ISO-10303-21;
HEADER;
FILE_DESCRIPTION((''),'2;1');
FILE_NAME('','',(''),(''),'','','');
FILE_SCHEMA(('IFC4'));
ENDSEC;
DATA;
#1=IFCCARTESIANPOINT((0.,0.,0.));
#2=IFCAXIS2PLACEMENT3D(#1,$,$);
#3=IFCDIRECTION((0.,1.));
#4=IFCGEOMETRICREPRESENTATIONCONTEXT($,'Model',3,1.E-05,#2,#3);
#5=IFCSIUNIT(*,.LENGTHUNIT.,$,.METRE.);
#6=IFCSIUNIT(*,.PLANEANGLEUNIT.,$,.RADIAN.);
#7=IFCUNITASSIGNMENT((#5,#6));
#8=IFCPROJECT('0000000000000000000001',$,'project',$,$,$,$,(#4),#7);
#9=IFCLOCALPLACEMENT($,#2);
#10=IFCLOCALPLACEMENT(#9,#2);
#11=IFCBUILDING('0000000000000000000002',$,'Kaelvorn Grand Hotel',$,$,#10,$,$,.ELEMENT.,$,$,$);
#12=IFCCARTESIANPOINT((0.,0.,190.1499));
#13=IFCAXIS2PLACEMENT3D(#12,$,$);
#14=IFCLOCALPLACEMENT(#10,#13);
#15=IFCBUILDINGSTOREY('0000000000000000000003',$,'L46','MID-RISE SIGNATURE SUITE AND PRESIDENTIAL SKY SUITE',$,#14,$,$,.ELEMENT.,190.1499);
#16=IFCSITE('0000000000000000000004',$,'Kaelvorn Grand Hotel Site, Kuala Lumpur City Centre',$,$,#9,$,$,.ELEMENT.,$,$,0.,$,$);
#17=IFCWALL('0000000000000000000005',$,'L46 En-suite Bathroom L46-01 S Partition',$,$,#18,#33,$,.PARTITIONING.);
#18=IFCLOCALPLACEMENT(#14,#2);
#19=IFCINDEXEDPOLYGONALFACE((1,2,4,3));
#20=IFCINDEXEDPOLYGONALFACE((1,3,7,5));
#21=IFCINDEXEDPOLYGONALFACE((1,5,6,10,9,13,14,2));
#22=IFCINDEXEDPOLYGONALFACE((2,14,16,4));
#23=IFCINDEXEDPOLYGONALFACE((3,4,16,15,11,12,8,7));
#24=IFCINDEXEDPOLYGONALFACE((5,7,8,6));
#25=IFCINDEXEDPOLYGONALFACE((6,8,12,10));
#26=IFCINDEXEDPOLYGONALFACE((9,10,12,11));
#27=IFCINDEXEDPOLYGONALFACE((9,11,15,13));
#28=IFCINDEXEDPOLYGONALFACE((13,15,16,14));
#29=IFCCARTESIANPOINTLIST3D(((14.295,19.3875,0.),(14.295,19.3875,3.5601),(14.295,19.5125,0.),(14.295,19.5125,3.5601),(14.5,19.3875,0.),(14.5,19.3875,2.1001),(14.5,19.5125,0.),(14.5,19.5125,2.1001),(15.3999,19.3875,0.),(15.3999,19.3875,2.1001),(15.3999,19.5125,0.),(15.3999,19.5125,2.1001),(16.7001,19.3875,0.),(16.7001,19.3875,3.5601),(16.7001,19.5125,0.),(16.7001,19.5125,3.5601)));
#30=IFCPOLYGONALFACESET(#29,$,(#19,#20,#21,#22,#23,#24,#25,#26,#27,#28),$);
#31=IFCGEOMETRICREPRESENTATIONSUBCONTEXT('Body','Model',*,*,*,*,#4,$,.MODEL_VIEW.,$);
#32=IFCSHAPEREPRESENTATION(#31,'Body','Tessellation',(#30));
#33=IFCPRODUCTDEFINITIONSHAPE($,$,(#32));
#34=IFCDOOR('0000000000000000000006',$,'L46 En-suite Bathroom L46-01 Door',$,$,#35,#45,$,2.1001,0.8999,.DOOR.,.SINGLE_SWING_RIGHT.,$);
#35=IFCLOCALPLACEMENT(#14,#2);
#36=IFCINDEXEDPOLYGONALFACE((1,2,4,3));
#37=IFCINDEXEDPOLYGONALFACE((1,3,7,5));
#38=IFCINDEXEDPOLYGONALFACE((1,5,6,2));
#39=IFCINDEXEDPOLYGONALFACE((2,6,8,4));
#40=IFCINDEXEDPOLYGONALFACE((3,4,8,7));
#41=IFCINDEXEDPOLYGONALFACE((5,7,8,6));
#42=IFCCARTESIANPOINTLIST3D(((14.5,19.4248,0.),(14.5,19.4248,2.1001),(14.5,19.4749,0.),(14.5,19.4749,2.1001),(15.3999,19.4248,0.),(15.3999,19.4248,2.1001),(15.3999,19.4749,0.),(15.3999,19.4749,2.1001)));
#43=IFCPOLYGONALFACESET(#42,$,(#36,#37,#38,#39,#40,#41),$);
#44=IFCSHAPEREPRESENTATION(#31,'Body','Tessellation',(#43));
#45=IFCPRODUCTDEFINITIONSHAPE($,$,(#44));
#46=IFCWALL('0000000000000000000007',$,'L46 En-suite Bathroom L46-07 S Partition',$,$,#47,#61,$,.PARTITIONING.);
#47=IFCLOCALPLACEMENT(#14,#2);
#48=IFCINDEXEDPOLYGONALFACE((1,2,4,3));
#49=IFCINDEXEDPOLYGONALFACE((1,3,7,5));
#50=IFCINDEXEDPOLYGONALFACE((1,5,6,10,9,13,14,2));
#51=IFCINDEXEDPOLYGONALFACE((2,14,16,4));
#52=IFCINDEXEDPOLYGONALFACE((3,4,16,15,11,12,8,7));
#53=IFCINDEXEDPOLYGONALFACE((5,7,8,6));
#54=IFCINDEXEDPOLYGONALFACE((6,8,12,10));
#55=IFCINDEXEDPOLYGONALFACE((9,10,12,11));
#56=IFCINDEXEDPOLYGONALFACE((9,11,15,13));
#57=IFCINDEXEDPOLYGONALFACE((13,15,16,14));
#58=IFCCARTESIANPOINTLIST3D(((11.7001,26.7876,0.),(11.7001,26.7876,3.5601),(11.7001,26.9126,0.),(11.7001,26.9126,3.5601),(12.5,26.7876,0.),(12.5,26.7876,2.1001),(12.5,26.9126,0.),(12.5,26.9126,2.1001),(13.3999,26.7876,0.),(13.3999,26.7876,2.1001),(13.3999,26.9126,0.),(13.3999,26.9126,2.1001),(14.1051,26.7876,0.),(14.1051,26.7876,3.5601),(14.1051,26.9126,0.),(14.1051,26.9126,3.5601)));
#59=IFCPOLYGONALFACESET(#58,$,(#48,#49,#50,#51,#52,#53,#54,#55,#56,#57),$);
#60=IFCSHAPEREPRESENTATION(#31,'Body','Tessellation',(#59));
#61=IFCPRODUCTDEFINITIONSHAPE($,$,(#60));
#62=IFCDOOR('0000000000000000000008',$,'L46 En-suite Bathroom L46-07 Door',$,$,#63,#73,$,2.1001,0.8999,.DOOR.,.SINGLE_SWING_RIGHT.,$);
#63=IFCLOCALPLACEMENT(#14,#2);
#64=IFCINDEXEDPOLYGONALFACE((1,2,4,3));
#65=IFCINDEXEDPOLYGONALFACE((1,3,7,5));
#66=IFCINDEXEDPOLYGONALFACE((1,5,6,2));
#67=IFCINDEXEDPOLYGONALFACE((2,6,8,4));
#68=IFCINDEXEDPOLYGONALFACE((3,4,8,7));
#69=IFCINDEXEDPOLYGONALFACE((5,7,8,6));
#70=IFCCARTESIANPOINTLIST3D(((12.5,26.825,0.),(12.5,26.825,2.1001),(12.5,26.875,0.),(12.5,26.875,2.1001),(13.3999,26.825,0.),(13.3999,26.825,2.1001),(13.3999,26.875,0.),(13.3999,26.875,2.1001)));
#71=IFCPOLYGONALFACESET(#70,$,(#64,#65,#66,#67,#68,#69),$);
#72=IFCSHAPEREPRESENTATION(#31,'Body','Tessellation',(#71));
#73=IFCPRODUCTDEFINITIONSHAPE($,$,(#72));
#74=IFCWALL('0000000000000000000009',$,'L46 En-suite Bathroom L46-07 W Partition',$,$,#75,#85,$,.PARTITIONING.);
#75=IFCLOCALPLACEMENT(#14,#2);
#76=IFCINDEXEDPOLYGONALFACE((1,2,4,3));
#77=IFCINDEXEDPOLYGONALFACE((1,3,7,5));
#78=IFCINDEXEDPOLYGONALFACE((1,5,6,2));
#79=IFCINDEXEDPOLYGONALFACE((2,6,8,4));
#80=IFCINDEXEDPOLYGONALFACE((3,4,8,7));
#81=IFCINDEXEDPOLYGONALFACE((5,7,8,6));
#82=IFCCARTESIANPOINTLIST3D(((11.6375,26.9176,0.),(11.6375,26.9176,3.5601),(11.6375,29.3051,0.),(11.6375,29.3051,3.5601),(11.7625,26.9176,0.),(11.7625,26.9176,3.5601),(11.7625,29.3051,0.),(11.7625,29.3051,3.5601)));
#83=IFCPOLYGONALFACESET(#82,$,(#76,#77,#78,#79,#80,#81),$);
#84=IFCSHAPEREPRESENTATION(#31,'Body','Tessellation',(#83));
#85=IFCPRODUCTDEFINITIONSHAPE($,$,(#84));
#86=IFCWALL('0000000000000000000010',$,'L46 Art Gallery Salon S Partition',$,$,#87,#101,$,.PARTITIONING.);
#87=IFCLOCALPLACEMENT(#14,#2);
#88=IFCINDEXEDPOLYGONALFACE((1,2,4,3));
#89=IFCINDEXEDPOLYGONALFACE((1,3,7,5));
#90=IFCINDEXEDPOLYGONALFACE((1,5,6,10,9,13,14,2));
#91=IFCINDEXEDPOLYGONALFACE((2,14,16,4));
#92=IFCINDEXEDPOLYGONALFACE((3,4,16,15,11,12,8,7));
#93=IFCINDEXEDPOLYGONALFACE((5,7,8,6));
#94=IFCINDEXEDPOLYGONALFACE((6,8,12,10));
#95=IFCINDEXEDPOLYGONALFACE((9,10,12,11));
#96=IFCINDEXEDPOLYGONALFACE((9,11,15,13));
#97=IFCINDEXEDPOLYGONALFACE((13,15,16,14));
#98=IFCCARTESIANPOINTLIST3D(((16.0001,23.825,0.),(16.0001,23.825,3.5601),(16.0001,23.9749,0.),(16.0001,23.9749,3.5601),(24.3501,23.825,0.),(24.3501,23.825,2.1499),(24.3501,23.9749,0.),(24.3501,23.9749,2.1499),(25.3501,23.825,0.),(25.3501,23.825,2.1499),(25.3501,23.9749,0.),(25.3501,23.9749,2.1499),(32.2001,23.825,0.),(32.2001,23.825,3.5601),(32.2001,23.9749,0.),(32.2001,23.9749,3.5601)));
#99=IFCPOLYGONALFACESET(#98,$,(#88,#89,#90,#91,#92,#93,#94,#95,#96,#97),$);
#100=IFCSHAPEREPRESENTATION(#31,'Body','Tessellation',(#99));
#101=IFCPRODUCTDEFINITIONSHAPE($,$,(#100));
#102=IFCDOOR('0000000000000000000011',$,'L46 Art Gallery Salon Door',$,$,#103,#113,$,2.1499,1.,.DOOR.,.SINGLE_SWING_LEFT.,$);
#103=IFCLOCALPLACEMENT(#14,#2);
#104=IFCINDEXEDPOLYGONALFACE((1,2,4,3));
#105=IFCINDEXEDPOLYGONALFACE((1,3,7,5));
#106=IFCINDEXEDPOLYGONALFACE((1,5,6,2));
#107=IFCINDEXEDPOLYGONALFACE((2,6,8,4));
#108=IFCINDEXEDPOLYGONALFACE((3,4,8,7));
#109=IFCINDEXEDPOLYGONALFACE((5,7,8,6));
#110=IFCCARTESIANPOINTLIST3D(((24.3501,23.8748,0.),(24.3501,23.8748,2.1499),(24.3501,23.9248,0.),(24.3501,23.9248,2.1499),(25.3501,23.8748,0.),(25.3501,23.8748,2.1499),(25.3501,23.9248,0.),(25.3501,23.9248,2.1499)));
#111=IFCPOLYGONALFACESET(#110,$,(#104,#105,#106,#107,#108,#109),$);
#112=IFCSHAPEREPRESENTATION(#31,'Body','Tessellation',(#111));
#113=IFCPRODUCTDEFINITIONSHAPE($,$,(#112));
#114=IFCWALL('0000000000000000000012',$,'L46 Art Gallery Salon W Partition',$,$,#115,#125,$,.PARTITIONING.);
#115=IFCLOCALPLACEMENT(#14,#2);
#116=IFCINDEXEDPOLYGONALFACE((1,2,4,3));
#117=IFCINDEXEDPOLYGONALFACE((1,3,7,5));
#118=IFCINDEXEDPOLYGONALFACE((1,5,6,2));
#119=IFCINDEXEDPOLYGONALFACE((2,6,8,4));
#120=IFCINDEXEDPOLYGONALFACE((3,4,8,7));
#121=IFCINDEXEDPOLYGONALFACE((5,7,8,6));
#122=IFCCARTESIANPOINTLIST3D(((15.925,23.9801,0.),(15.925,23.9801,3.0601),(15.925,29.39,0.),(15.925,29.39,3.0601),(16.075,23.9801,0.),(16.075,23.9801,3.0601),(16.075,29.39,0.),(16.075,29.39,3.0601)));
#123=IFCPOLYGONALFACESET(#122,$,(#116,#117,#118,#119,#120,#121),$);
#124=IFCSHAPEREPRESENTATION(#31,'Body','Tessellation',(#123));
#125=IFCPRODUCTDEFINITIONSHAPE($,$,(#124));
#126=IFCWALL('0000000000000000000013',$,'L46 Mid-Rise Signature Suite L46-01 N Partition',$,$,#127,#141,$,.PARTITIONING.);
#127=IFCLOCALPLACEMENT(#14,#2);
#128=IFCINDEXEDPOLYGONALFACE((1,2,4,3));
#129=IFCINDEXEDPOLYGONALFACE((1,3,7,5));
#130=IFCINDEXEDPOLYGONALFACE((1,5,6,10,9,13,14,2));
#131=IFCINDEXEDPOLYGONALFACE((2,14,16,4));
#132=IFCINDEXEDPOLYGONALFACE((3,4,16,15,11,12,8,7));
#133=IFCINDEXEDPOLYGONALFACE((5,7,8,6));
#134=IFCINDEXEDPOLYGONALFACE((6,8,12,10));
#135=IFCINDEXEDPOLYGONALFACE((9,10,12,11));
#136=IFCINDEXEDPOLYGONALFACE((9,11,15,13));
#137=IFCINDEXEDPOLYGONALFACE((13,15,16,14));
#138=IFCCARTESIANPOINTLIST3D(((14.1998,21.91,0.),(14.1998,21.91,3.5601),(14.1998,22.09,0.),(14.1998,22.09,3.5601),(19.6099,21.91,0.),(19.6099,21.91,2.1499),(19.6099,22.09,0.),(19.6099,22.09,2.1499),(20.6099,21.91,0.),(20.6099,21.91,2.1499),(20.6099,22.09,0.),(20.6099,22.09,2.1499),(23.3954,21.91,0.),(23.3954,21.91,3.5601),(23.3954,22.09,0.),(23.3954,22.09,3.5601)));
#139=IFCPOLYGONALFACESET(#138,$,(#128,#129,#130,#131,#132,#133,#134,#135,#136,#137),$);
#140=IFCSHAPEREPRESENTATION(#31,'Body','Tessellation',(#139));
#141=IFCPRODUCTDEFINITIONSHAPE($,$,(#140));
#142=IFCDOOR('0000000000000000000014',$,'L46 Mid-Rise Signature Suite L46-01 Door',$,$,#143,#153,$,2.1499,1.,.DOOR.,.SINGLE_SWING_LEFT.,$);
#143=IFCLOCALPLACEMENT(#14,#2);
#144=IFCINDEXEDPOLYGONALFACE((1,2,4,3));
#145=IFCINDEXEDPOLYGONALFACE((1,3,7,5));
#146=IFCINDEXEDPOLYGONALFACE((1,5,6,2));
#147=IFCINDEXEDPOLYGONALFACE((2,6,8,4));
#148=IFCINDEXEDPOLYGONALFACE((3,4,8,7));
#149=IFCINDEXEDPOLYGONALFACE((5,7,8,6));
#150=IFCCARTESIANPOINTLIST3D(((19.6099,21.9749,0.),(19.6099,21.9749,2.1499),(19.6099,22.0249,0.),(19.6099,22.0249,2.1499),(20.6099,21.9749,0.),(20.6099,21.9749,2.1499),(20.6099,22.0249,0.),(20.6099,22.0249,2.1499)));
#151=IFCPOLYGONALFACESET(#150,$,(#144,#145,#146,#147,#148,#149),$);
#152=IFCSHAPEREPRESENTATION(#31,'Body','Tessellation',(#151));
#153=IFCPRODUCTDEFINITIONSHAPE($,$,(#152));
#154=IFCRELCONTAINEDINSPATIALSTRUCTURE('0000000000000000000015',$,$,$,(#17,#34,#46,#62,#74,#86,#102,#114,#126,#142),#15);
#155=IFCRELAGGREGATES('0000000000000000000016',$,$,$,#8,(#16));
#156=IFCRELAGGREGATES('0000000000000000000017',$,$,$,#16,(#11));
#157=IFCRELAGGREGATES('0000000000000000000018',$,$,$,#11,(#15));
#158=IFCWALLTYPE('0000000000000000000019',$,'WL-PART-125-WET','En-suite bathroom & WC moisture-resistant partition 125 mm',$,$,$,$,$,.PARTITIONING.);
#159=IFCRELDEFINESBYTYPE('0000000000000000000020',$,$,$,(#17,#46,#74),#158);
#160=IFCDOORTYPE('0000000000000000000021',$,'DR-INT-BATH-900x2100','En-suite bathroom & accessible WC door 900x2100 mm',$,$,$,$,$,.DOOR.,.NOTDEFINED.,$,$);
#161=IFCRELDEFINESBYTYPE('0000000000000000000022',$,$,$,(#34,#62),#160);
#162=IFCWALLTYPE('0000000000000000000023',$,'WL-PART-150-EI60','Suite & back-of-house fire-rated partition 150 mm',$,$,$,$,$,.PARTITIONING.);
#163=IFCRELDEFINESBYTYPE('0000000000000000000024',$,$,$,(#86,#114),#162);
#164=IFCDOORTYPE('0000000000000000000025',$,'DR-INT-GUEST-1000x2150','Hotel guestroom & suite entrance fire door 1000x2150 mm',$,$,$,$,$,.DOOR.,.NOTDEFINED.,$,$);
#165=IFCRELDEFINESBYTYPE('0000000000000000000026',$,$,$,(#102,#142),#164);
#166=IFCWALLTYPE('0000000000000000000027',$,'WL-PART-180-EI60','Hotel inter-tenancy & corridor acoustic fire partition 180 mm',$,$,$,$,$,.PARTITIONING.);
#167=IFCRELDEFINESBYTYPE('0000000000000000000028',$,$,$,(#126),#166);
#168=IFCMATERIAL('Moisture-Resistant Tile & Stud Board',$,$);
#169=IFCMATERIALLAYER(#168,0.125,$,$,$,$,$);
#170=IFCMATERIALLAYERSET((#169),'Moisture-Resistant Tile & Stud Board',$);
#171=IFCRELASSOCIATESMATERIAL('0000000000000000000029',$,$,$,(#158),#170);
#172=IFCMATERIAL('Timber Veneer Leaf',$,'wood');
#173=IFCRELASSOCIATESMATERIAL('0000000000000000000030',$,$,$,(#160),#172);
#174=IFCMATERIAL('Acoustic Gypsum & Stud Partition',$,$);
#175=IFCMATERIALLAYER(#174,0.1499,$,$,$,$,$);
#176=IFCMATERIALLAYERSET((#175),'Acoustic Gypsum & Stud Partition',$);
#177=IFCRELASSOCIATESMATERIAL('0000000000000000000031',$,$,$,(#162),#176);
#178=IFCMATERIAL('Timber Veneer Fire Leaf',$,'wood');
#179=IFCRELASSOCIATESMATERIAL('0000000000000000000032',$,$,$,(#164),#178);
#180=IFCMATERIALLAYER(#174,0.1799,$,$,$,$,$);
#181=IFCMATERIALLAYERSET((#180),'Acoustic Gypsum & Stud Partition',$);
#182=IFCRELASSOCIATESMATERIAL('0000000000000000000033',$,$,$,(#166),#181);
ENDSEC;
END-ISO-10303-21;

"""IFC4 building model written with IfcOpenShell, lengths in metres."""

from ifc_helpers import new_model, si_unit, direction, frame, frame_2d, origin, place, context, subcontext, project, spatial, rectangle, extrude, material, layer, layer_set, type_object, element, fill, save


model = new_model("IFC4")

# Units and contexts
model_context = context("Model", 3, precision=1e-05, world=origin(), true_north=direction((0.0, 1.0)))
body_context = subcontext(model_context, "Body", "Model", "MODEL_VIEW")
ifc_project = project(units=[si_unit("LENGTHUNIT", "METRE"), si_unit("PLANEANGLEUNIT", "RADIAN")], contexts=[model_context])

# Site, building, storey
site_placement = place(None, origin())
site = spatial("IfcSite", under=ifc_project, at=site_placement, Name="Kaelvorn Grand Hotel Site, Kuala Lumpur City Centre", CompositionType="ELEMENT", RefElevation=0.0)
building_placement = place(site_placement, origin())
building = spatial("IfcBuilding", under=site, at=building_placement, Name="Kaelvorn Grand Hotel", CompositionType="ELEMENT")
storey_placement = place(building_placement, frame((0.0, 0.0, 190.1499)))
storey = spatial("IfcBuildingStorey", under=building, at=storey_placement, Name="L46", Description="MID-RISE SIGNATURE SUITE AND PRESIDENTIAL SKY SUITE", CompositionType="ELEMENT", Elevation=190.1499)

# Walls, openings, doors
ifc_material_1 = material(Name="Moisture-Resistant Tile & Stud Board")
ifc_layer_1 = layer(ifc_material_1, 0.125)
ifc_layer_set_1 = layer_set([ifc_layer_1], Name="Moisture-Resistant Tile & Stud Board")
wall_type_1 = type_object("IfcWallType", Name="WL-PART-125-WET", Description="En-suite bathroom & WC moisture-resistant partition 125 mm", PredefinedType="PARTITIONING", material=ifc_layer_set_1)
wall_1_placement = place(storey_placement, frame((14.2949, 19.45, 0.0), z_axis=(0.0, 0.0, 1.0), x_axis=(1.0, 0.0, 0.0)))
wall_1 = element("IfcWall", 1, at=wall_1_placement, inside=storey, type_object=wall_type_1, Name="L46 En-suite Bathroom L46-01 S Partition", PredefinedType="PARTITIONING", context=body_context, shape_type="SweptSolid", body=[
    extrude(rectangle(XDim=2.405, YDim=0.125, at=frame_2d((1.2026, 0.0))), origin(), (0.0, 0.0, 1.0), 3.5601),
])
opening_1_placement = place(wall_1_placement, frame((0.2051, 0.0, 0.0)))
opening_1 = element("IfcOpeningElement", 2, at=opening_1_placement, cuts=wall_1, PredefinedType="OPENING", context=body_context, shape_type="SweptSolid", body=[
    extrude(rectangle(XDim=0.8999, YDim=2.1001, at=frame_2d((0.45, 1.05))), frame((0.0, 0.0725, 0.0), z_axis=(0.0, -1.0, 0.0), x_axis=(1.0, 0.0, 0.0)), (0.0, 0.0, 1.0), 0.145),
])
ifc_material_2 = material(Name="Timber Veneer Leaf", Category="wood")
door_type_1 = type_object("IfcDoorType", Name="DR-INT-BATH-900x2100", Description="En-suite bathroom & accessible WC door 900x2100 mm", OperationType="NOTDEFINED", PredefinedType="DOOR", material=ifc_material_2)
door_1_placement = place(opening_1_placement, origin())
door_1 = element("IfcDoor", 3, at=door_1_placement, inside=storey, type_object=door_type_1, Name="L46 En-suite Bathroom L46-01 Door", OperationType="SINGLE_SWING_RIGHT", OverallHeight=2.1001, OverallWidth=0.8999, PredefinedType="DOOR", context=body_context, shape_type="SweptSolid", body=[
    extrude(rectangle(XDim=0.8999, YDim=2.1001, at=frame_2d((0.45, 1.05))), frame((0.0, 0.0249, 0.0), z_axis=(0.0, -1.0, 0.0), x_axis=(1.0, 0.0, 0.0)), (0.0, 0.0, 1.0), 0.05),
])
fill(opening_1, door_1)
wall_2_placement = place(storey_placement, frame((11.7, 26.8501, 0.0), z_axis=(0.0, 0.0, 1.0), x_axis=(1.0, 0.0, 0.0)))
wall_2 = element("IfcWall", 4, at=wall_2_placement, inside=storey, type_object=wall_type_1, Name="L46 En-suite Bathroom L46-07 S Partition", PredefinedType="PARTITIONING", context=body_context, shape_type="SweptSolid", body=[
    extrude(rectangle(XDim=2.405, YDim=0.125, at=frame_2d((1.2026, 0.0))), origin(), (0.0, 0.0, 1.0), 3.5601),
])
opening_2_placement = place(wall_2_placement, frame((0.8, 0.0, 0.0)))
opening_2 = element("IfcOpeningElement", 5, at=opening_2_placement, cuts=wall_2, PredefinedType="OPENING", context=body_context, shape_type="SweptSolid", body=[
    extrude(rectangle(XDim=0.8999, YDim=2.1001, at=frame_2d((0.45, 1.05))), frame((0.0, 0.0725, 0.0), z_axis=(0.0, -1.0, 0.0), x_axis=(1.0, 0.0, 0.0)), (0.0, 0.0, 1.0), 0.145),
])
door_2_placement = place(opening_2_placement, origin())
door_2 = element("IfcDoor", 6, at=door_2_placement, inside=storey, type_object=door_type_1, Name="L46 En-suite Bathroom L46-07 Door", OperationType="SINGLE_SWING_RIGHT", OverallHeight=2.1001, OverallWidth=0.8999, PredefinedType="DOOR", context=body_context, shape_type="SweptSolid", body=[
    extrude(rectangle(XDim=0.8999, YDim=2.1001, at=frame_2d((0.45, 1.05))), frame((0.0, 0.0249, 0.0), z_axis=(0.0, -1.0, 0.0), x_axis=(1.0, 0.0, 0.0)), (0.0, 0.0, 1.0), 0.05),
])
fill(opening_2, door_2)

# Wall
wall_3_placement = place(storey_placement, frame((11.7, 26.9175, 0.0), z_axis=(0.0, 0.0, 1.0), x_axis=(0.0, 1.0, 0.0)))
element("IfcWall", 7, at=wall_3_placement, inside=storey, type_object=wall_type_1, Name="L46 En-suite Bathroom L46-07 W Partition", PredefinedType="PARTITIONING", context=body_context, shape_type="SweptSolid", body=[
    extrude(rectangle(XDim=2.3875, YDim=0.125, at=frame_2d((1.1938, 0.0))), origin(), (0.0, 0.0, 1.0), 3.5601),
])

# Wall, opening, door
ifc_material_3 = material(Name="Acoustic Gypsum & Stud Partition")
ifc_layer_2 = layer(ifc_material_3, 0.1499)
ifc_layer_set_2 = layer_set([ifc_layer_2], Name="Acoustic Gypsum & Stud Partition")
wall_type_2 = type_object("IfcWallType", Name="WL-PART-150-EI60", Description="Suite & back-of-house fire-rated partition 150 mm", PredefinedType="PARTITIONING", material=ifc_layer_set_2)
wall_4_placement = place(storey_placement, frame((16.0, 23.8999, 0.0), z_axis=(0.0, 0.0, 1.0), x_axis=(1.0, 0.0, 0.0)))
wall_4 = element("IfcWall", 8, at=wall_4_placement, inside=storey, type_object=wall_type_2, Name="L46 Art Gallery Salon S Partition", PredefinedType="PARTITIONING", context=body_context, shape_type="SweptSolid", body=[
    extrude(rectangle(XDim=16.2, YDim=0.1499, at=frame_2d((8.1001, 0.0))), origin(), (0.0, 0.0, 1.0), 3.5601),
])
opening_3_placement = place(wall_4_placement, frame((8.3501, 0.0, 0.0)))
opening_3 = element("IfcOpeningElement", 9, at=opening_3_placement, cuts=wall_4, PredefinedType="OPENING", context=body_context, shape_type="SweptSolid", body=[
    extrude(rectangle(XDim=1.0, YDim=2.1499, at=frame_2d((0.5, 1.075))), frame((0.0, 0.085, 0.0), z_axis=(0.0, -1.0, 0.0), x_axis=(1.0, 0.0, 0.0)), (0.0, 0.0, 1.0), 0.1699),
])
ifc_material_4 = material(Name="Timber Veneer Fire Leaf", Category="wood")
door_type_2 = type_object("IfcDoorType", Name="DR-INT-GUEST-1000x2150", Description="Hotel guestroom & suite entrance fire door 1000x2150 mm", OperationType="NOTDEFINED", PredefinedType="DOOR", material=ifc_material_4)
door_3_placement = place(opening_3_placement, origin())
door_3 = element("IfcDoor", 10, at=door_3_placement, inside=storey, type_object=door_type_2, Name="L46 Art Gallery Salon Door", OperationType="SINGLE_SWING_LEFT", OverallHeight=2.1499, OverallWidth=1.0, PredefinedType="DOOR", context=body_context, shape_type="SweptSolid", body=[
    extrude(rectangle(XDim=1.0, YDim=2.1499, at=frame_2d((0.5, 1.075))), frame((0.0, 0.0249, 0.0), z_axis=(0.0, -1.0, 0.0), x_axis=(1.0, 0.0, 0.0)), (0.0, 0.0, 1.0), 0.05),
])
fill(opening_3, door_3)

# Wall
wall_5_placement = place(storey_placement, frame((16.0, 23.98, 0.0), z_axis=(0.0, 0.0, 1.0), x_axis=(0.0, 1.0, 0.0)))
element("IfcWall", 11, at=wall_5_placement, inside=storey, type_object=wall_type_2, Name="L46 Art Gallery Salon W Partition", PredefinedType="PARTITIONING", context=body_context, shape_type="SweptSolid", body=[
    extrude(rectangle(XDim=5.4099, YDim=0.1499, at=frame_2d((2.7051, 0.0))), origin(), (0.0, 0.0, 1.0), 3.0601),
])

# Wall, opening, door
ifc_layer_3 = layer(ifc_material_3, 0.1799)
ifc_layer_set_3 = layer_set([ifc_layer_3], Name="Acoustic Gypsum & Stud Partition")
wall_type_3 = type_object("IfcWallType", Name="WL-PART-180-EI60", Description="Hotel inter-tenancy & corridor acoustic fire partition 180 mm", PredefinedType="PARTITIONING", material=ifc_layer_set_3)
wall_6_placement = place(storey_placement, frame((14.2, 22.0, 0.0), z_axis=(0.0, 0.0, 1.0), x_axis=(1.0, 0.0, 0.0)))
wall_6 = element("IfcWall", 12, at=wall_6_placement, inside=storey, type_object=wall_type_3, Name="L46 Mid-Rise Signature Suite L46-01 N Partition", PredefinedType="PARTITIONING", context=body_context, shape_type="SweptSolid", body=[
    extrude(rectangle(XDim=9.1956, YDim=0.1799, at=frame_2d((4.5977, 0.0))), origin(), (0.0, 0.0, 1.0), 3.5601),
])
opening_4_placement = place(wall_6_placement, frame((5.4099, 0.0, 0.0)))
opening_4 = element("IfcOpeningElement", 13, at=opening_4_placement, cuts=wall_6, PredefinedType="OPENING", context=body_context, shape_type="SweptSolid", body=[
    extrude(rectangle(XDim=1.0, YDim=2.1499, at=frame_2d((0.5, 1.075))), frame((0.0, 0.1001, 0.0), z_axis=(0.0, -1.0, 0.0), x_axis=(1.0, 0.0, 0.0)), (0.0, 0.0, 1.0), 0.2),
])
door_4_placement = place(opening_4_placement, origin())
door_4 = element("IfcDoor", 14, at=door_4_placement, inside=storey, type_object=door_type_2, Name="L46 Mid-Rise Signature Suite L46-01 Door", OperationType="SINGLE_SWING_LEFT", OverallHeight=2.1499, OverallWidth=1.0, PredefinedType="DOOR", context=body_context, shape_type="SweptSolid", body=[
    extrude(rectangle(XDim=1.0, YDim=2.1499, at=frame_2d((0.5, 1.075))), frame((0.0, 0.0249, 0.0), z_axis=(0.0, -1.0, 0.0), x_axis=(1.0, 0.0, 0.0)), (0.0, 0.0, 1.0), 0.05),
])
fill(opening_4, door_4)

save(model, "model.ifc")
